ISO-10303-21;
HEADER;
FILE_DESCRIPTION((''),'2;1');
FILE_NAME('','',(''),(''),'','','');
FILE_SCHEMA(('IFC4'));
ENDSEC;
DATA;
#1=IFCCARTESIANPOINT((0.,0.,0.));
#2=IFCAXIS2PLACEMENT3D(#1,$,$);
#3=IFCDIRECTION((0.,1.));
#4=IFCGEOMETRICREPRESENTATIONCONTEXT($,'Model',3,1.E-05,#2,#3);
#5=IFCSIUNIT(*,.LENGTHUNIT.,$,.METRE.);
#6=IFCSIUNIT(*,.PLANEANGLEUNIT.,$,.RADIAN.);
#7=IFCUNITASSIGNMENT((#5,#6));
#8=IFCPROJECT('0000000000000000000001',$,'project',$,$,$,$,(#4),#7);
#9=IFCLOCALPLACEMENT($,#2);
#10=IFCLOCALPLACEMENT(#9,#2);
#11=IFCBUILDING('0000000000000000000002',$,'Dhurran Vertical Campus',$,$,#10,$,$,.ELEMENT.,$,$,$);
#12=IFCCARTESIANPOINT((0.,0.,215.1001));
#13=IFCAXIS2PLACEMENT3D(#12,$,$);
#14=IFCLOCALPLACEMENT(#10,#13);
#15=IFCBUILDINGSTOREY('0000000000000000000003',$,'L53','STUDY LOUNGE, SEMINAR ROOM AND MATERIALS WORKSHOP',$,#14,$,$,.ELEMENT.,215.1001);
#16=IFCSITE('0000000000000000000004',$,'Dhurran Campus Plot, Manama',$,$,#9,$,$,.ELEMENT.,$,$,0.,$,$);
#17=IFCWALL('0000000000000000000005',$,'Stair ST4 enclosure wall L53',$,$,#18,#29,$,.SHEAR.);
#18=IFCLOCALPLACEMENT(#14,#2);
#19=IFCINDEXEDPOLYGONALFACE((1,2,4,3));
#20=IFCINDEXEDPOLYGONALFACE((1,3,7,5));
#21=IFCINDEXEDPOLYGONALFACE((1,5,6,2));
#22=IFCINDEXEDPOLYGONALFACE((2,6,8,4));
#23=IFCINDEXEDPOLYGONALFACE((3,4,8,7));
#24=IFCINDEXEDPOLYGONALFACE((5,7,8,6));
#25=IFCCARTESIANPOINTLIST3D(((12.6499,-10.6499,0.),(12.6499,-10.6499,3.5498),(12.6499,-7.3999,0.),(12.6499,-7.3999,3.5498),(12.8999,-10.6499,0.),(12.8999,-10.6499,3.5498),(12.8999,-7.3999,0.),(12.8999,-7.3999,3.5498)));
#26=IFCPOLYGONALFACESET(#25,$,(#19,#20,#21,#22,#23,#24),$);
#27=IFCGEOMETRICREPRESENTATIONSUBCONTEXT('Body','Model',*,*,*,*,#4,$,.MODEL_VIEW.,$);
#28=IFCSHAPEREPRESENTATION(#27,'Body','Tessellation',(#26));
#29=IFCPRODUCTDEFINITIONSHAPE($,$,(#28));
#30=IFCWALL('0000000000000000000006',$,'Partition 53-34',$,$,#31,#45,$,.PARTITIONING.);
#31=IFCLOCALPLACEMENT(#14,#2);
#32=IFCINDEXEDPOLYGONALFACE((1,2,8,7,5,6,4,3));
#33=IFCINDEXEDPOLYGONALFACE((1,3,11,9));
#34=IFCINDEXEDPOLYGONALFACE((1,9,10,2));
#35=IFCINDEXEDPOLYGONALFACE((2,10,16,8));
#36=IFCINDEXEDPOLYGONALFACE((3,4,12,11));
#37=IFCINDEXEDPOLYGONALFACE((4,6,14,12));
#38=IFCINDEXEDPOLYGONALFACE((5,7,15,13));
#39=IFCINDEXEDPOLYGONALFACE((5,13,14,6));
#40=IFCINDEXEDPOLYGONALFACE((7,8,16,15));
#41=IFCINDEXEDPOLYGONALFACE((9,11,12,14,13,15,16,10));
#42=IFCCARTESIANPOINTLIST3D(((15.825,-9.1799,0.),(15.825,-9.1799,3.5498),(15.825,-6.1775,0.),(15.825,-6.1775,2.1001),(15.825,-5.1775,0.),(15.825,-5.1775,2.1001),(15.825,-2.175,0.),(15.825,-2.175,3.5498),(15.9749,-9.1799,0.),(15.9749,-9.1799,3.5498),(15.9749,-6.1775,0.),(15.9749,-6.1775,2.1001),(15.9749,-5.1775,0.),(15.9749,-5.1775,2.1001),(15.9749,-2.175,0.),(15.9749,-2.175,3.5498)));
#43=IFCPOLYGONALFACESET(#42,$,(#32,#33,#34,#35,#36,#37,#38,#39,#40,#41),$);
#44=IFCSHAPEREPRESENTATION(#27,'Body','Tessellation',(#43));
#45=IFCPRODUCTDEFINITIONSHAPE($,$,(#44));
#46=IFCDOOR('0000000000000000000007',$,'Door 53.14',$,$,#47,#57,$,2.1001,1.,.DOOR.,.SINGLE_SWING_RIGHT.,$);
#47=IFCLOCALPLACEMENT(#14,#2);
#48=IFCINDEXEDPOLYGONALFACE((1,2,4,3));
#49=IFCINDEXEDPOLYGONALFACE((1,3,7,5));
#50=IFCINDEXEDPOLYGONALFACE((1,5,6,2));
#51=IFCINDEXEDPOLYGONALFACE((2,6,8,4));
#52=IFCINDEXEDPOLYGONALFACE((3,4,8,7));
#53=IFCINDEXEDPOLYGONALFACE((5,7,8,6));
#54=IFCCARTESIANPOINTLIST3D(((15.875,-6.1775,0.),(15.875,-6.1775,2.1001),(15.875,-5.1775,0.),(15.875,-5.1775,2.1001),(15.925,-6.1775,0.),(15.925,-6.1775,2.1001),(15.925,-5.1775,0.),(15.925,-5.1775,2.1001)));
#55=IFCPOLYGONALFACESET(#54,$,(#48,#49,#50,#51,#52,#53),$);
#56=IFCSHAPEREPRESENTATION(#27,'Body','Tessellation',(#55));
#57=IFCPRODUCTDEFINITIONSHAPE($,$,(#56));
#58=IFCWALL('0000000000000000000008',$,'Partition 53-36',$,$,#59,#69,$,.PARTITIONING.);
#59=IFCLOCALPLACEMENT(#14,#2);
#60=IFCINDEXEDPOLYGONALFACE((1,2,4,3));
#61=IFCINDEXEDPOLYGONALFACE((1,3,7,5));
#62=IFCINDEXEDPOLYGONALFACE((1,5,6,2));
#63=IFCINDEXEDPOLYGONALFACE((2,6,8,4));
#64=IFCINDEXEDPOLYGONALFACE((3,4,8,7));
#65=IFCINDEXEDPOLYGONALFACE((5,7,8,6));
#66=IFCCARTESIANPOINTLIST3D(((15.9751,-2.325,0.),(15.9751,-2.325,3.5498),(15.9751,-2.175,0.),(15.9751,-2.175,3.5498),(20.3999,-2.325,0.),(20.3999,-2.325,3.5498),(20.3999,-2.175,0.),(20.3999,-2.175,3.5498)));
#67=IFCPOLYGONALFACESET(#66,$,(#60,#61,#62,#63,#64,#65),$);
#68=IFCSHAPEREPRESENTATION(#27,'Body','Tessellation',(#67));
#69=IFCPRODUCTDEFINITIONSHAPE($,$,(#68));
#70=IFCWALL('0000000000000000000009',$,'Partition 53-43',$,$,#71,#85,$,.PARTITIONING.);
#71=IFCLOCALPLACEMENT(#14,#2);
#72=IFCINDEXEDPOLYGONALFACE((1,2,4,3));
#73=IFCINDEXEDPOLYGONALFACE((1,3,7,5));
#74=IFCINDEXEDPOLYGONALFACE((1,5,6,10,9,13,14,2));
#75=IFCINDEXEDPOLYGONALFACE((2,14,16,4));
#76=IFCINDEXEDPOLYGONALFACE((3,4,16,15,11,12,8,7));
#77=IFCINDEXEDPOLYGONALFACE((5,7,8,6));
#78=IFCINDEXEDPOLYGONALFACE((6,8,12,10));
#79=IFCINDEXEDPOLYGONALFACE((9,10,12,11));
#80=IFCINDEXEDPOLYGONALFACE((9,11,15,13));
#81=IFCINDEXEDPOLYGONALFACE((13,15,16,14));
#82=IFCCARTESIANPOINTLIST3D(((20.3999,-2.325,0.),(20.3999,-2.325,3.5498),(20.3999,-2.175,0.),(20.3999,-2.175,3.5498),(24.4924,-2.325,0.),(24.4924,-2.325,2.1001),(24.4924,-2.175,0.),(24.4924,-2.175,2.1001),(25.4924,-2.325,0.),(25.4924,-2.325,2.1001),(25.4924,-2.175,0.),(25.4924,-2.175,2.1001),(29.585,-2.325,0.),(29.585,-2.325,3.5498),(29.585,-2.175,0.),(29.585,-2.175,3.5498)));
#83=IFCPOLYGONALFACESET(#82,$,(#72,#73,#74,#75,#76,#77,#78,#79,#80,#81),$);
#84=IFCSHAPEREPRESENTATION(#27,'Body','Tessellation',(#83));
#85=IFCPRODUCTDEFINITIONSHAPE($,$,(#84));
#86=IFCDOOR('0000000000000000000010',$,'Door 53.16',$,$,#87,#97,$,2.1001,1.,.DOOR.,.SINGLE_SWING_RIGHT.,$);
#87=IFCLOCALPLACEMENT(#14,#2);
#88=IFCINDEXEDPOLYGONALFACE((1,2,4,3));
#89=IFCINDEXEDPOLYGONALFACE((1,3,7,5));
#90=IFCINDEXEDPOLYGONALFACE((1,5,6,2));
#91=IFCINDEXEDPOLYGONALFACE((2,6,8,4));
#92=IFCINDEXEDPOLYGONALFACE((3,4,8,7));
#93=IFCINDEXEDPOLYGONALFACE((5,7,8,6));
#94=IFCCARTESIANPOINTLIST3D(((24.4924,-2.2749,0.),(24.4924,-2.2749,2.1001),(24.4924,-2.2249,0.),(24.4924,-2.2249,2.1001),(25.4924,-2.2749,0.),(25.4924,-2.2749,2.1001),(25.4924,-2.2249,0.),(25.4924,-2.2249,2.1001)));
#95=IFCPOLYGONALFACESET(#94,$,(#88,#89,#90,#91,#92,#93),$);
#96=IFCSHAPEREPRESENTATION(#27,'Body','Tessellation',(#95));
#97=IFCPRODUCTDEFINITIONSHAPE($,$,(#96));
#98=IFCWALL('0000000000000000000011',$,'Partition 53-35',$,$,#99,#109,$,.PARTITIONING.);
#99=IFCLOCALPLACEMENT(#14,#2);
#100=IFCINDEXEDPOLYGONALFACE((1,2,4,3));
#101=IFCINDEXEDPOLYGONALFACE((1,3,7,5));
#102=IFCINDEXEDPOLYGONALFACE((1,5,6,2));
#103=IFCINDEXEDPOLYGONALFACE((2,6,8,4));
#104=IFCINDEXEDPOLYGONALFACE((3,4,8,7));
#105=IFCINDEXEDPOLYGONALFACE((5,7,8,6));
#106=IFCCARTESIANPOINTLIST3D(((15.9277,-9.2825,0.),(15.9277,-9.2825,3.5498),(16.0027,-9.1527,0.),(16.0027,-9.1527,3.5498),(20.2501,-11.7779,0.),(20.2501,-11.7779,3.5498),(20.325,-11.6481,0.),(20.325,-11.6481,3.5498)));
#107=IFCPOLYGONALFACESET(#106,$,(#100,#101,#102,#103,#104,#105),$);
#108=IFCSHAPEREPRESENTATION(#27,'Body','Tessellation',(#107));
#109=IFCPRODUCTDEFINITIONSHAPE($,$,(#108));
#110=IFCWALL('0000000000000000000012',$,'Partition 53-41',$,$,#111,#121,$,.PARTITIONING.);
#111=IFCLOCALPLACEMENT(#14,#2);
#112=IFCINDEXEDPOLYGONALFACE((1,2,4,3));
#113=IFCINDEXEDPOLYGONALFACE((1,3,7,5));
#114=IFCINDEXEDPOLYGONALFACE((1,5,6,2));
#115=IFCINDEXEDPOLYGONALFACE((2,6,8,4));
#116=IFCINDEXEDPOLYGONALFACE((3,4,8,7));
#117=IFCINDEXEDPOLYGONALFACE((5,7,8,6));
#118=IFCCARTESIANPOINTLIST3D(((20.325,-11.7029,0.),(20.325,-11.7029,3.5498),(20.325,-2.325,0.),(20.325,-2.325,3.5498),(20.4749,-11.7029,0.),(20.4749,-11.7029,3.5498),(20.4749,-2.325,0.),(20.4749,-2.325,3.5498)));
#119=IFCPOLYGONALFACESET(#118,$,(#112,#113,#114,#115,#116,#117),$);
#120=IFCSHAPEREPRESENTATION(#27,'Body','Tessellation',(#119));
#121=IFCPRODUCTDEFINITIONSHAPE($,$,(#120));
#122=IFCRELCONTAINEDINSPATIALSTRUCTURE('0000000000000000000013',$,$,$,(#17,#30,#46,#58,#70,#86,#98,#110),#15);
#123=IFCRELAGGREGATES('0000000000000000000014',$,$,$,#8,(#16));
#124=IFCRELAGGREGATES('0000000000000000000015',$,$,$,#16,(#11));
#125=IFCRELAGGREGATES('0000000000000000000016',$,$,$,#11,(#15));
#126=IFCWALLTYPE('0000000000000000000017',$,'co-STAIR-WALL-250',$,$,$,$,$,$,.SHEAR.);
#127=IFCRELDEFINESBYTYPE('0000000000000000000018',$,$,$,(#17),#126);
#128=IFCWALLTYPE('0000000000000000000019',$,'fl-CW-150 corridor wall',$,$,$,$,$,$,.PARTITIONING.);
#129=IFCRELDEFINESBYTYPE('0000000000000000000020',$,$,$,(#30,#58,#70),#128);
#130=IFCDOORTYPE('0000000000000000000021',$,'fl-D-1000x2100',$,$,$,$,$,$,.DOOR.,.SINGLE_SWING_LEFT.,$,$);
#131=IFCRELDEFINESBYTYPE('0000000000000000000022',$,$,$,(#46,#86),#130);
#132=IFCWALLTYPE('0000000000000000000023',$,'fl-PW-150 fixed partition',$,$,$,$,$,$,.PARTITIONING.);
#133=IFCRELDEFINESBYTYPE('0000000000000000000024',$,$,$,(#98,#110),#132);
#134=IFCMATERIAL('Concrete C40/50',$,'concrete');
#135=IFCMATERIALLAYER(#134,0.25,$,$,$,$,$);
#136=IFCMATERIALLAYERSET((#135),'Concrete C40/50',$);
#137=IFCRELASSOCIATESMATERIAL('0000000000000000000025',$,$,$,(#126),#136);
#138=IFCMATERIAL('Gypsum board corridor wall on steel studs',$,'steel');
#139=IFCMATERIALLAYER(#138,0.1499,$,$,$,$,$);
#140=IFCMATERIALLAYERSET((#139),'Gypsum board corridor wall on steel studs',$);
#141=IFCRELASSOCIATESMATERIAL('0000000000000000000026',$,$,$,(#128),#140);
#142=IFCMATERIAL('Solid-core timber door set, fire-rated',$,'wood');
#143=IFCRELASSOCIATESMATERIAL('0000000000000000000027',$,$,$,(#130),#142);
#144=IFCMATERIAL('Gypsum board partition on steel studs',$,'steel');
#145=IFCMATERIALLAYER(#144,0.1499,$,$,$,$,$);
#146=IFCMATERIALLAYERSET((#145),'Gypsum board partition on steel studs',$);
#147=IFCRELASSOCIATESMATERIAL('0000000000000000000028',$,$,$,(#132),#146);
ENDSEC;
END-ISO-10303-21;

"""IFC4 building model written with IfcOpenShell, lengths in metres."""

from ifc_helpers import new_model, si_unit, direction, frame, frame_2d, origin, place, context, subcontext, project, spatial, rectangle, extrude, material, layer, layer_set, type_object, element, fill, save


model = new_model("IFC4")

# Units and contexts
model_context = context("Model", 3, precision=1e-05, world=origin(), true_north=direction((0.0, 1.0)))
body_context = subcontext(model_context, "Body", "Model", "MODEL_VIEW")
ifc_project = project(units=[si_unit("LENGTHUNIT", "METRE"), si_unit("PLANEANGLEUNIT", "RADIAN")], contexts=[model_context])

# Site, building, storey
site_placement = place(None, origin())
site = spatial("IfcSite", under=ifc_project, at=site_placement, Name="Dhurran Campus Plot, Manama", CompositionType="ELEMENT", RefElevation=0.0)
building_placement = place(site_placement, origin())
building = spatial("IfcBuilding", under=site, at=building_placement, Name="Dhurran Vertical Campus", CompositionType="ELEMENT")
storey_placement = place(building_placement, frame((0.0, 0.0, 215.1001)))
storey = spatial("IfcBuildingStorey", under=building, at=storey_placement, Name="L53", Description="STUDY LOUNGE, SEMINAR ROOM AND MATERIALS WORKSHOP", CompositionType="ELEMENT", Elevation=215.1001)

# Wall
ifc_material_1 = material(Name="Concrete C40/50", Category="concrete")
ifc_layer_1 = layer(ifc_material_1, 0.25)
ifc_layer_set_1 = layer_set([ifc_layer_1], Name="Concrete C40/50")
wall_type_1 = type_object("IfcWallType", Name="co-STAIR-WALL-250", PredefinedType="SHEAR", material=ifc_layer_set_1)
wall_1_placement = place(storey_placement, frame((12.7749, -10.6499, 0.0), z_axis=(0.0, 0.0, 1.0), x_axis=(0.0, 1.0, 0.0)))
element("IfcWall", 1, at=wall_1_placement, inside=storey, type_object=wall_type_1, Name="Stair ST4 enclosure wall L53", PredefinedType="SHEAR", context=body_context, shape_type="SweptSolid", body=[
    extrude(rectangle(XDim=3.25, YDim=0.25, at=frame_2d((1.625, 0.0))), origin(), (0.0, 0.0, 1.0), 3.5498),
])

# Wall, opening, door
ifc_material_2 = material(Name="Gypsum board corridor wall on steel studs", Category="steel")
ifc_layer_2 = layer(ifc_material_2, 0.1499)
ifc_layer_set_2 = layer_set([ifc_layer_2], Name="Gypsum board corridor wall on steel studs")
wall_type_2 = type_object("IfcWallType", Name="fl-CW-150 corridor wall", PredefinedType="PARTITIONING", material=ifc_layer_set_2)
wall_2_placement = place(storey_placement, frame((15.8999, -9.1799, 0.0), z_axis=(0.0, 0.0, 1.0), x_axis=(0.0, 1.0, 0.0)))
wall_2 = element("IfcWall", 2, at=wall_2_placement, inside=storey, type_object=wall_type_2, Name="Partition 53-34", PredefinedType="PARTITIONING", context=body_context, shape_type="SweptSolid", body=[
    extrude(rectangle(XDim=7.0049, YDim=0.1499, at=frame_2d((3.5024, 0.0))), origin(), (0.0, 0.0, 1.0), 3.5498),
])
opening_1_placement = place(wall_2_placement, frame((3.0024, 0.0, 0.0)))
opening_1 = element("IfcOpeningElement", 3, at=opening_1_placement, cuts=wall_2, PredefinedType="OPENING", context=body_context, shape_type="SweptSolid", body=[
    extrude(rectangle(XDim=1.0, YDim=2.1001, at=frame_2d((0.5, 1.05))), frame((0.0, 0.085, 0.0), z_axis=(0.0, -1.0, 0.0), x_axis=(1.0, 0.0, 0.0)), (0.0, 0.0, 1.0), 0.1699),
])
ifc_material_3 = material(Name="Solid-core timber door set, fire-rated", Category="wood")
door_type_1 = type_object("IfcDoorType", Name="fl-D-1000x2100", OperationType="SINGLE_SWING_LEFT", PredefinedType="DOOR", material=ifc_material_3)
door_1_placement = place(opening_1_placement, origin())
door_1 = element("IfcDoor", 4, at=door_1_placement, inside=storey, type_object=door_type_1, Name="Door 53.14", OperationType="SINGLE_SWING_RIGHT", OverallHeight=2.1001, OverallWidth=1.0, PredefinedType="DOOR", context=body_context, shape_type="SweptSolid", body=[
    extrude(rectangle(XDim=1.0, YDim=2.1001, at=frame_2d((0.5, 1.05))), frame((0.0, 0.0249, 0.0), z_axis=(0.0, -1.0, 0.0), x_axis=(1.0, 0.0, 0.0)), (0.0, 0.0, 1.0), 0.05),
])
fill(opening_1, door_1)

# Wall
wall_3_placement = place(storey_placement, frame((20.3999, -2.25, 0.0), z_axis=(0.0, 0.0, 1.0), x_axis=(-1.0, 0.0, 0.0)))
element("IfcWall", 5, at=wall_3_placement, inside=storey, type_object=wall_type_2, Name="Partition 53-36", PredefinedType="PARTITIONING", context=body_context, shape_type="SweptSolid", body=[
    extrude(rectangle(XDim=4.4248, YDim=0.1499, at=frame_2d((2.2124, 0.0))), origin(), (0.0, 0.0, 1.0), 3.5498),
])

# Wall, opening, door
wall_4_placement = place(storey_placement, frame((29.585, -2.25, 0.0), z_axis=(0.0, 0.0, 1.0), x_axis=(-1.0, 0.0, 0.0)))
wall_4 = element("IfcWall", 6, at=wall_4_placement, inside=storey, type_object=wall_type_2, Name="Partition 53-43", PredefinedType="PARTITIONING", context=body_context, shape_type="SweptSolid", body=[
    extrude(rectangle(XDim=9.1851, YDim=0.1499, at=frame_2d((4.5925, 0.0))), origin(), (0.0, 0.0, 1.0), 3.5498),
])
opening_2_placement = place(wall_4_placement, frame((4.0925, 0.0, 0.0)))
opening_2 = element("IfcOpeningElement", 7, at=opening_2_placement, cuts=wall_4, PredefinedType="OPENING", context=body_context, shape_type="SweptSolid", body=[
    extrude(rectangle(XDim=1.0, YDim=2.1001, at=frame_2d((0.5, 1.05))), frame((0.0, 0.085, 0.0), z_axis=(0.0, -1.0, 0.0), x_axis=(1.0, 0.0, 0.0)), (0.0, 0.0, 1.0), 0.1699),
])
door_2_placement = place(opening_2_placement, origin())
door_2 = element("IfcDoor", 8, at=door_2_placement, inside=storey, type_object=door_type_1, Name="Door 53.16", OperationType="SINGLE_SWING_RIGHT", OverallHeight=2.1001, OverallWidth=1.0, PredefinedType="DOOR", context=body_context, shape_type="SweptSolid", body=[
    extrude(rectangle(XDim=1.0, YDim=2.1001, at=frame_2d((0.5, 1.05))), frame((0.0, 0.0249, 0.0), z_axis=(0.0, -1.0, 0.0), x_axis=(1.0, 0.0, 0.0)), (0.0, 0.0, 1.0), 0.05),
])
fill(opening_2, door_2)

# Walls
ifc_material_4 = material(Name="Gypsum board partition on steel studs", Category="steel")
ifc_layer_3 = layer(ifc_material_4, 0.1499)
ifc_layer_set_3 = layer_set([ifc_layer_3], Name="Gypsum board partition on steel studs")
wall_type_3 = type_object("IfcWallType", Name="fl-PW-150 fixed partition", PredefinedType="PARTITIONING", material=ifc_layer_set_3)
wall_5_placement = place(storey_placement, frame((15.9651, -9.2175, 0.0), z_axis=(0.0, 0.0, 1.0), x_axis=(0.866034, -0.499985, 0.0)))
element("IfcWall", 9, at=wall_5_placement, inside=storey, type_object=wall_type_3, Name="Partition 53-35", PredefinedType="PARTITIONING", context=body_context, shape_type="SweptSolid", body=[
    extrude(rectangle(XDim=4.991, YDim=0.1499, at=frame_2d((2.4956, 0.0))), origin(), (0.0, 0.0, 1.0), 3.5498),
])
wall_6_placement = place(storey_placement, frame((20.3999, -2.325, 0.0), z_axis=(0.0, 0.0, 1.0), x_axis=(0.0, -1.0, 0.0)))
element("IfcWall", 10, at=wall_6_placement, inside=storey, type_object=wall_type_3, Name="Partition 53-41", PredefinedType="PARTITIONING", context=body_context, shape_type="SweptSolid", body=[
    extrude(rectangle(XDim=9.3779, YDim=0.1499, at=frame_2d((4.689, 0.0))), origin(), (0.0, 0.0, 1.0), 3.5498),
])

save(model, "model.ifc")
